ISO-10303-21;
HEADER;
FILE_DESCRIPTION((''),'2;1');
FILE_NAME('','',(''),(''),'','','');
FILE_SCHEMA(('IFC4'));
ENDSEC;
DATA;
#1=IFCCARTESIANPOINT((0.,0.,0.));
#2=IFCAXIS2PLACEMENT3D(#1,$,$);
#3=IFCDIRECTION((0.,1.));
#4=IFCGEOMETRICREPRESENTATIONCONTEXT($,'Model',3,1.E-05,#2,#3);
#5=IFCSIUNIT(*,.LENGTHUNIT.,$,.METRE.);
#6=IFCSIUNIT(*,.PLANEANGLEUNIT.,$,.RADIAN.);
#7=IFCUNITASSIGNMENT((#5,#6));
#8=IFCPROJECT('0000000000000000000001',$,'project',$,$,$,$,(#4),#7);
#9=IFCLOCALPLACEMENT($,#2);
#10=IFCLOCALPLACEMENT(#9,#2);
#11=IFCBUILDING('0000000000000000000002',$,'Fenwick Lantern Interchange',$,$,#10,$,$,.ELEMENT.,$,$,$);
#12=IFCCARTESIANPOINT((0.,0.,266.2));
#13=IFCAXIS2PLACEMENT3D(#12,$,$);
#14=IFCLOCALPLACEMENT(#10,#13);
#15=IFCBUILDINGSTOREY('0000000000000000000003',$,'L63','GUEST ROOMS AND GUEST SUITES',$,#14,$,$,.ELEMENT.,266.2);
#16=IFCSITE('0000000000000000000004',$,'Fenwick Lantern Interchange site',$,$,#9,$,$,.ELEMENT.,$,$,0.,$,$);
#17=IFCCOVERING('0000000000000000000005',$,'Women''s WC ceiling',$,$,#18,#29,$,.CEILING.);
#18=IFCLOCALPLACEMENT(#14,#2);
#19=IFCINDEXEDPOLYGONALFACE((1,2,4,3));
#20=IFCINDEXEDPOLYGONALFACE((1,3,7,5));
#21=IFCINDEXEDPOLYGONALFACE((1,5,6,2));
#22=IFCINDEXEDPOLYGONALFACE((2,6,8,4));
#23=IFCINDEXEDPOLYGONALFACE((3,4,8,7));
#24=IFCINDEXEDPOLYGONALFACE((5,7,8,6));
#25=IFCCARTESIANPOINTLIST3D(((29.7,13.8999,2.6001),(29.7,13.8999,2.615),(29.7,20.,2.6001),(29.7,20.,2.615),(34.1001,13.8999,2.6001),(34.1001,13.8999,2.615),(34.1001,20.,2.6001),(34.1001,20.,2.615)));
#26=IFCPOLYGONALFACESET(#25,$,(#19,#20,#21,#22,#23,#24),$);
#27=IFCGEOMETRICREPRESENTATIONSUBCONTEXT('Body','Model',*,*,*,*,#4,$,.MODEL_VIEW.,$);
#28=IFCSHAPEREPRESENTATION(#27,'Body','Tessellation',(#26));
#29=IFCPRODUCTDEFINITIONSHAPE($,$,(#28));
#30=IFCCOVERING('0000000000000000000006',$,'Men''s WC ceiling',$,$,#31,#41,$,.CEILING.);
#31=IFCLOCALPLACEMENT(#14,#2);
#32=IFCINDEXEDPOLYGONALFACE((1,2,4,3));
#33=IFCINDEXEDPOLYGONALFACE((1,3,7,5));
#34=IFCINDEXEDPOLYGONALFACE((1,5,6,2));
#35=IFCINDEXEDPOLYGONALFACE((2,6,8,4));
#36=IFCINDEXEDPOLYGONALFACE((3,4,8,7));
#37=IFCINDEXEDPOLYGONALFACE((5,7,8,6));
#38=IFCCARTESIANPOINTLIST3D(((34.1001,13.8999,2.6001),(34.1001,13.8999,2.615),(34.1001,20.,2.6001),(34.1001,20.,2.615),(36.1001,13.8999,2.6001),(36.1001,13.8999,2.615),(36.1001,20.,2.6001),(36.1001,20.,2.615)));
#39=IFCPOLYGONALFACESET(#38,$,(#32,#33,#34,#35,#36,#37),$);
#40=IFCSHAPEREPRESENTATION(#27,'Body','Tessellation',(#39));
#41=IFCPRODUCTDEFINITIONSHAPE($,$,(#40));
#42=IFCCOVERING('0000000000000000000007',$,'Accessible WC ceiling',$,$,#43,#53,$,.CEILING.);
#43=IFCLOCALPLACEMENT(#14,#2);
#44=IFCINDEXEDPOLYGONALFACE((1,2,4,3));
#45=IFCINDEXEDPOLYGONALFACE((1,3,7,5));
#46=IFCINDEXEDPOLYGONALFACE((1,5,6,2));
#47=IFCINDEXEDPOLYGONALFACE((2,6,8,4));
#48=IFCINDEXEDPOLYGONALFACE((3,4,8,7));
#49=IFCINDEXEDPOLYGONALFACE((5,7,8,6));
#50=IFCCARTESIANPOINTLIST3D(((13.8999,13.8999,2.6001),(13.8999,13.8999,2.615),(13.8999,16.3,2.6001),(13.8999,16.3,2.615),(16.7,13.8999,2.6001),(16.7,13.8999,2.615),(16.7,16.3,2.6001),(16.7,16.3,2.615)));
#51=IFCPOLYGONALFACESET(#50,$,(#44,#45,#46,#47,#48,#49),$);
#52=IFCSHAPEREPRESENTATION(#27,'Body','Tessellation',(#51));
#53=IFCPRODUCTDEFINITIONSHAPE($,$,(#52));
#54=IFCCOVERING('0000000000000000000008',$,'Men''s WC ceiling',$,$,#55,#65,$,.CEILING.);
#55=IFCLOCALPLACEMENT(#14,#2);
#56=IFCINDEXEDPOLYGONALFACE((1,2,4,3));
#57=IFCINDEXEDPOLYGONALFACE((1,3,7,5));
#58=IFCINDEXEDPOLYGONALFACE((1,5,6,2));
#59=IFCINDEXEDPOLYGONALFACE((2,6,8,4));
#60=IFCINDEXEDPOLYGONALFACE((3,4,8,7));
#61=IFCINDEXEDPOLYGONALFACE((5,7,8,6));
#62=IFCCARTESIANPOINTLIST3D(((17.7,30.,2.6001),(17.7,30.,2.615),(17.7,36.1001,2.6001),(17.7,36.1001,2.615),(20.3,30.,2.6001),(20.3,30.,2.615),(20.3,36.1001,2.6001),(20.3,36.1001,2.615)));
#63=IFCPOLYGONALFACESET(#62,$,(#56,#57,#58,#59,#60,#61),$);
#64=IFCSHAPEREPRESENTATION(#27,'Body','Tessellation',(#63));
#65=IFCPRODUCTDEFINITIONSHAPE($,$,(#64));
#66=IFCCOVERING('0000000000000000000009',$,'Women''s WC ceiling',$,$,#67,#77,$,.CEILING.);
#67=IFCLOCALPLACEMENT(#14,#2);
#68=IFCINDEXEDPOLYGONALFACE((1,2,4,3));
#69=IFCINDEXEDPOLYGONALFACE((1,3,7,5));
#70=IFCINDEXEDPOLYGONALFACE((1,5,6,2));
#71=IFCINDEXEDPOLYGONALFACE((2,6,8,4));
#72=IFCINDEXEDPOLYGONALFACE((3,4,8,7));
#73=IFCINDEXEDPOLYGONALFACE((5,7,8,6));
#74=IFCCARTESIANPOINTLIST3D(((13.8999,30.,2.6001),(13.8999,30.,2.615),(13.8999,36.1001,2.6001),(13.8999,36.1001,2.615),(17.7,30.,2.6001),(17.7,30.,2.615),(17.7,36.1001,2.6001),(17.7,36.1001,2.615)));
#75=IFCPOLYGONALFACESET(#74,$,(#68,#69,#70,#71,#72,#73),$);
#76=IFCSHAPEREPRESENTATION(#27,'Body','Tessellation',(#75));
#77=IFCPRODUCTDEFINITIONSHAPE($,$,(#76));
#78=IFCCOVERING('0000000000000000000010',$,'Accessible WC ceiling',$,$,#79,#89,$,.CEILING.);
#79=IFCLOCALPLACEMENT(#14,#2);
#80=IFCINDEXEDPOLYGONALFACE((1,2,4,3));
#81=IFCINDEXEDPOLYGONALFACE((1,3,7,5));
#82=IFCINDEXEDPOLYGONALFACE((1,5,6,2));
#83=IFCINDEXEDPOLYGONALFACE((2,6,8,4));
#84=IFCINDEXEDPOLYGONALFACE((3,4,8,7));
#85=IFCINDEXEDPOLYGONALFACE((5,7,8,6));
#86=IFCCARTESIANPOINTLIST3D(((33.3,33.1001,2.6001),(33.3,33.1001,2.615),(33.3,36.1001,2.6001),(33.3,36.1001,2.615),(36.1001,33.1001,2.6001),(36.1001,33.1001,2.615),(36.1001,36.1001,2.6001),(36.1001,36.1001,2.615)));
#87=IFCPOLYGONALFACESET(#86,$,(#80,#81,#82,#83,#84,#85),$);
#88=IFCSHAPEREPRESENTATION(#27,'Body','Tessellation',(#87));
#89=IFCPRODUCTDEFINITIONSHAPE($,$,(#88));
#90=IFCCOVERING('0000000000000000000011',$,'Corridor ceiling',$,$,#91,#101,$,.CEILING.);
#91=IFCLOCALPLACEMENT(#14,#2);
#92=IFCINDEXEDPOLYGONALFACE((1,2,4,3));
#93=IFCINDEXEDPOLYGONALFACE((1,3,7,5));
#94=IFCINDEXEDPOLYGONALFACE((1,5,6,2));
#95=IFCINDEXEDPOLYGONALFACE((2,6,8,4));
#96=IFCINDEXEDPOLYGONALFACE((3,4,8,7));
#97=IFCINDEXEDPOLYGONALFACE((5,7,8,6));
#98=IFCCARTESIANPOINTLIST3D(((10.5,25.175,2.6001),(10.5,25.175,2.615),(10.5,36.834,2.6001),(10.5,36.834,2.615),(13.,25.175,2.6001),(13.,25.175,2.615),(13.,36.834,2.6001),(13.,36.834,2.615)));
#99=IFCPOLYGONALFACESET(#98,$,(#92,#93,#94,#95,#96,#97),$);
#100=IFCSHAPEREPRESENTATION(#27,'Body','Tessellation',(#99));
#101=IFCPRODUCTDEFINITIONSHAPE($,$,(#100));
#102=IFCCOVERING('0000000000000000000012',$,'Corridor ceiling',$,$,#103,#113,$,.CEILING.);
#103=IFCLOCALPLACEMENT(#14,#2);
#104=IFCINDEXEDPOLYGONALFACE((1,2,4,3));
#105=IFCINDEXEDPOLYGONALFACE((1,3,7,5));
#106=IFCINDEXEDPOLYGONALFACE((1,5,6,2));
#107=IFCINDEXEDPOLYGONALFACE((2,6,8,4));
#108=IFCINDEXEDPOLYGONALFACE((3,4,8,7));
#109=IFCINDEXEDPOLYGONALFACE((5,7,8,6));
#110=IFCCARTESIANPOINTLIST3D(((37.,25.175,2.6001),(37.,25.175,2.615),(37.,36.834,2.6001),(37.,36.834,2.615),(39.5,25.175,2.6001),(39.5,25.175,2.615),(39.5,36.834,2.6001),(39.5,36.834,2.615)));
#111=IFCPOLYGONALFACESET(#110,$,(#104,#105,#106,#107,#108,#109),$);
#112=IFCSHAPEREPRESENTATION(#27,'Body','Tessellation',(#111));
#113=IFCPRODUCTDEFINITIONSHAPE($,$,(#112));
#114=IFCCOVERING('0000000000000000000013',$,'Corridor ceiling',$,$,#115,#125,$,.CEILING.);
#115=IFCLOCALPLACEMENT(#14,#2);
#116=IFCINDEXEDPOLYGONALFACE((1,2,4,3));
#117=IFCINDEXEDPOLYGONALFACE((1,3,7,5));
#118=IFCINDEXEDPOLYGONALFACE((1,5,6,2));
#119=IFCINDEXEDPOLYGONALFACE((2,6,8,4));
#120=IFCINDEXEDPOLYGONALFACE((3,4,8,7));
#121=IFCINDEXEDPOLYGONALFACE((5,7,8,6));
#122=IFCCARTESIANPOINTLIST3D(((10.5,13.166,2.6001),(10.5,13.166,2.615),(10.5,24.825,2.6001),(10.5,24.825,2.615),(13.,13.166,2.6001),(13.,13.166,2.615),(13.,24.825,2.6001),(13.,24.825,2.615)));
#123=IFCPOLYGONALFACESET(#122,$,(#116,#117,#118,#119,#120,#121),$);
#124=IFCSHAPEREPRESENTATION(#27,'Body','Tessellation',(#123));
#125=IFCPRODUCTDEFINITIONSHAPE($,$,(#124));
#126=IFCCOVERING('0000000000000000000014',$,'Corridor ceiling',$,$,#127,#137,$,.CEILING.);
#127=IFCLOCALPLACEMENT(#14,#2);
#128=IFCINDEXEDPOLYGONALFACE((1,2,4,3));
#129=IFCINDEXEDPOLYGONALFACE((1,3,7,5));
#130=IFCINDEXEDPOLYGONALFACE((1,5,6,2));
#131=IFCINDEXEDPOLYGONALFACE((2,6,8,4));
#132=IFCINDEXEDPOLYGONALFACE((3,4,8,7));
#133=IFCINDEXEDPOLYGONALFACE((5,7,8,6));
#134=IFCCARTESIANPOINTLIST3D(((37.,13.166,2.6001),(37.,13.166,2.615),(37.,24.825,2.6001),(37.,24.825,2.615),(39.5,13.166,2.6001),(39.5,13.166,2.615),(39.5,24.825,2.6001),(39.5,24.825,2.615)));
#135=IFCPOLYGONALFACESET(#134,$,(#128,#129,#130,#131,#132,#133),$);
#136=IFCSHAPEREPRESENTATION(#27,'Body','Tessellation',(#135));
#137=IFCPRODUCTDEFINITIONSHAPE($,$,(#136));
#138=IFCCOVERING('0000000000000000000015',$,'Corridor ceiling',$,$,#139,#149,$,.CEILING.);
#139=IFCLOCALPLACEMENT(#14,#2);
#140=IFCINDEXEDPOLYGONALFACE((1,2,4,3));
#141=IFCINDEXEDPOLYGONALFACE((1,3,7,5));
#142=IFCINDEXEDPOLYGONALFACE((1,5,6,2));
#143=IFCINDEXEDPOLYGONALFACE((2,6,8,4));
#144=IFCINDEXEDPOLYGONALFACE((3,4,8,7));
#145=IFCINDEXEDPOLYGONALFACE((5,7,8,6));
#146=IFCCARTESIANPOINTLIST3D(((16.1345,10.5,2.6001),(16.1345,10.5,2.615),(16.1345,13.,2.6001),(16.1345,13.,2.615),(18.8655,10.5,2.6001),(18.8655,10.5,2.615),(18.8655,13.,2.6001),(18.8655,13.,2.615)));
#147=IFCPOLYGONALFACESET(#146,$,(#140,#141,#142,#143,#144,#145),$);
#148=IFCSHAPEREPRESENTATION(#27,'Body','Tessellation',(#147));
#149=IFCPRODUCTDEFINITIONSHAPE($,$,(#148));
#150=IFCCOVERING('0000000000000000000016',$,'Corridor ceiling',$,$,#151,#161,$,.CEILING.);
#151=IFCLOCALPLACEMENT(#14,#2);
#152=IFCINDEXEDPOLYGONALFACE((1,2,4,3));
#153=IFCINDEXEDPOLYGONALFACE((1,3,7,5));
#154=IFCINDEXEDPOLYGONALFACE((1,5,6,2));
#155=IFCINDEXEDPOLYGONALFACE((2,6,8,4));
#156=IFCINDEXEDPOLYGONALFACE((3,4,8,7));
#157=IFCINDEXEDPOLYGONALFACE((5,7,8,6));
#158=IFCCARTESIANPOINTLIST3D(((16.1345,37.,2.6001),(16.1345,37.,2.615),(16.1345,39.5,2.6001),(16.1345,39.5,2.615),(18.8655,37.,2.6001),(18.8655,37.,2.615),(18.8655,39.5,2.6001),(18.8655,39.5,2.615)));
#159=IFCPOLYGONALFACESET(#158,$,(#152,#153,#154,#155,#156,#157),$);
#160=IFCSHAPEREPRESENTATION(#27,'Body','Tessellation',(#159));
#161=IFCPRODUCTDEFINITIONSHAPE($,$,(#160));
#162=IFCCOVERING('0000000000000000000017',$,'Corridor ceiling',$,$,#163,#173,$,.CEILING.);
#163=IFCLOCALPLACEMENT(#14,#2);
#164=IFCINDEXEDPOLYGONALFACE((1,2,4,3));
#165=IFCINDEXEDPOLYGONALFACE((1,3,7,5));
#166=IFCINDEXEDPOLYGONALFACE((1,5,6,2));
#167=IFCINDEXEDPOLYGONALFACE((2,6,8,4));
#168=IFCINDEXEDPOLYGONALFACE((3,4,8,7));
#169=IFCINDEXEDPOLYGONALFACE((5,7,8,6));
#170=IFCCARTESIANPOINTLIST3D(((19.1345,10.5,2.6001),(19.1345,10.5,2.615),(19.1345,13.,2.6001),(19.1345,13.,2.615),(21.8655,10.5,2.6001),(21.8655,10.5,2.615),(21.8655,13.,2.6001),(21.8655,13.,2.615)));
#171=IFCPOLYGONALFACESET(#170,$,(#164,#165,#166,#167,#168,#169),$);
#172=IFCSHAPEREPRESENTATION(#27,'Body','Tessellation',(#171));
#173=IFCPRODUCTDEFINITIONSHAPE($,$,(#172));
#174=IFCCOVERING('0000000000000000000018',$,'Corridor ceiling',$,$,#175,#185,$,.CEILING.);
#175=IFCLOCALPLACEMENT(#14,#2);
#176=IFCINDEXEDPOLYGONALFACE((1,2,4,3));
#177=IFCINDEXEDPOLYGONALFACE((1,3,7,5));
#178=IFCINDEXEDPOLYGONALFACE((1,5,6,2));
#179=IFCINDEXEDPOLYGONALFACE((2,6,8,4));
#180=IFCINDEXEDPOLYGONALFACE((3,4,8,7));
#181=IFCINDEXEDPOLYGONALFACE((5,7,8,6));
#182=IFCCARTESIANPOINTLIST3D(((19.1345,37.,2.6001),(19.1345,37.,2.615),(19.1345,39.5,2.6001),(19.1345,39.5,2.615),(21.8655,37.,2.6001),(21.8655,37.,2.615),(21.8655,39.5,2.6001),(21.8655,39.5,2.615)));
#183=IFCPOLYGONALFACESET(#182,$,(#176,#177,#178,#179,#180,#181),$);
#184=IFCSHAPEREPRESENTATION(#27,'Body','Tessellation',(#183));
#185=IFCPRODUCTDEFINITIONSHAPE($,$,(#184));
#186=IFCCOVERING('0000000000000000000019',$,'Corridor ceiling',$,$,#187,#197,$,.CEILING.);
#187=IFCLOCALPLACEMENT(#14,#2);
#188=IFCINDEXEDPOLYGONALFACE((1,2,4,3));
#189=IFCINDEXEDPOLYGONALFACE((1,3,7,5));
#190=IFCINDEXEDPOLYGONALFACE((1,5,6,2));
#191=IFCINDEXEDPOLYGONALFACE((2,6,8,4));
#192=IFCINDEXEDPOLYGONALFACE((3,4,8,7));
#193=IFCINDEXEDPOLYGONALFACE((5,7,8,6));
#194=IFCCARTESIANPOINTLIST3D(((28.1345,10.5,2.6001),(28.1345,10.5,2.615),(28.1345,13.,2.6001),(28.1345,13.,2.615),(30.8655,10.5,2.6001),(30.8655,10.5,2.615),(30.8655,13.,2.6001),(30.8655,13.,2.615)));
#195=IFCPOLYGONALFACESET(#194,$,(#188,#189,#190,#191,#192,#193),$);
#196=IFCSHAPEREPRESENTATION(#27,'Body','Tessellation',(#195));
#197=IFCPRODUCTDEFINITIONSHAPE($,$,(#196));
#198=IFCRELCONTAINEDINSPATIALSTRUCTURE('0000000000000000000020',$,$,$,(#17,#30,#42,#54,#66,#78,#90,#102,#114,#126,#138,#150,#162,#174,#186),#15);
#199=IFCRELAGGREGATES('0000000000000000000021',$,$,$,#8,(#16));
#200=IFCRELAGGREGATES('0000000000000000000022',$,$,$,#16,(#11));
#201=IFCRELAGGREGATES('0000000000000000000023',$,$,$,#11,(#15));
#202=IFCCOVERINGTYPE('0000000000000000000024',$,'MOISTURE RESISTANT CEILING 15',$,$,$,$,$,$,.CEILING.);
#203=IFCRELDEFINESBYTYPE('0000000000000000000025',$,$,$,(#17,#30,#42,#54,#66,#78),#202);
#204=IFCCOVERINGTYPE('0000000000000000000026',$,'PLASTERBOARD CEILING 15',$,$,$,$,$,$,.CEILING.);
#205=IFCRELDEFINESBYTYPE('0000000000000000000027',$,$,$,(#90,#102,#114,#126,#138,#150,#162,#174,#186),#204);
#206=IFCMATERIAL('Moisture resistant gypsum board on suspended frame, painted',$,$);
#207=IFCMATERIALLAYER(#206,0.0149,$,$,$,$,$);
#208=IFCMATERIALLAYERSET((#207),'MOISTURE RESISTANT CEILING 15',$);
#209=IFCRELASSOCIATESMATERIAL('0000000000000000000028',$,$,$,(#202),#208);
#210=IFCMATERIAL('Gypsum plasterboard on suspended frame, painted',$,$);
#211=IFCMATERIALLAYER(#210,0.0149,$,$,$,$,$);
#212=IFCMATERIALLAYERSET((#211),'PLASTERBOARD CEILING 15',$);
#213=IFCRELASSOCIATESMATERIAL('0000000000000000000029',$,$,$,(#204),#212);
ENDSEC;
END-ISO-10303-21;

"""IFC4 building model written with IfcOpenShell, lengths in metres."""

from ifc_helpers import new_model, si_unit, direction, frame, origin, place, context, subcontext, project, spatial, polyline, outline, extrude, material, layer, layer_set, type_object, element, save


model = new_model("IFC4")

# Units and contexts
model_context = context("Model", 3, precision=1e-05, world=origin(), true_north=direction((0.0, 1.0)))
body_context = subcontext(model_context, "Body", "Model", "MODEL_VIEW")
ifc_project = project(units=[si_unit("LENGTHUNIT", "METRE"), si_unit("PLANEANGLEUNIT", "RADIAN")], contexts=[model_context])

# Site, building, storey
site_placement = place(None, origin())
site = spatial("IfcSite", under=ifc_project, at=site_placement, Name="Fenwick Lantern Interchange site", CompositionType="ELEMENT", RefElevation=0.0)
building_placement = place(site_placement, origin())
building = spatial("IfcBuilding", under=site, at=building_placement, Name="Fenwick Lantern Interchange", CompositionType="ELEMENT")
storey_placement = place(building_placement, frame((0.0, 0.0, 266.2)))
storey = spatial("IfcBuildingStorey", under=building, at=storey_placement, Name="L63", Description="GUEST ROOMS AND GUEST SUITES", CompositionType="ELEMENT", Elevation=266.2)

# Coverings
ifc_material_1 = material(Name="Moisture resistant gypsum board on suspended frame, painted")
ifc_layer_1 = layer(ifc_material_1, 0.0149)
ifc_layer_set_1 = layer_set([ifc_layer_1], Name="MOISTURE RESISTANT CEILING 15")
covering_type_1 = type_object("IfcCoveringType", Name="MOISTURE RESISTANT CEILING 15", PredefinedType="CEILING", material=ifc_layer_set_1)
covering_1_placement = place(storey_placement, frame((0.0, 0.0, 2.6001)))
element("IfcCovering", 1, at=covering_1_placement, inside=storey, type_object=covering_type_1, Name="Women's WC ceiling", PredefinedType="CEILING", context=body_context, shape_type="SweptSolid", body=[
    extrude(outline(polyline([(29.7, 13.8999), (34.1001, 13.8999), (34.1001, 20.0), (29.7, 20.0), (29.7, 13.8999)])), origin(), (0.0, 0.0, 1.0), 0.0149),
])
covering_2_placement = place(storey_placement, frame((0.0, 0.0, 2.6001)))
element("IfcCovering", 2, at=covering_2_placement, inside=storey, type_object=covering_type_1, Name="Men's WC ceiling", PredefinedType="CEILING", context=body_context, shape_type="SweptSolid", body=[
    extrude(outline(polyline([(34.1001, 13.8999), (36.1001, 13.8999), (36.1001, 20.0), (34.1001, 20.0), (34.1001, 13.8999)])), origin(), (0.0, 0.0, 1.0), 0.0149),
])
covering_3_placement = place(storey_placement, frame((0.0, 0.0, 2.6001)))
element("IfcCovering", 3, at=covering_3_placement, inside=storey, type_object=covering_type_1, Name="Accessible WC ceiling", PredefinedType="CEILING", context=body_context, shape_type="SweptSolid", body=[
    extrude(outline(polyline([(13.8999, 13.8999), (16.7, 13.8999), (16.7, 16.3), (13.8999, 16.3), (13.8999, 13.8999)])), origin(), (0.0, 0.0, 1.0), 0.0149),
])
covering_4_placement = place(storey_placement, frame((0.0, 0.0, 2.6001)))
element("IfcCovering", 4, at=covering_4_placement, inside=storey, type_object=covering_type_1, Name="Men's WC ceiling", PredefinedType="CEILING", context=body_context, shape_type="SweptSolid", body=[
    extrude(outline(polyline([(20.3, 36.1001), (17.7, 36.1001), (17.7, 30.0), (20.3, 30.0), (20.3, 36.1001)])), origin(), (0.0, 0.0, 1.0), 0.0149),
])
covering_5_placement = place(storey_placement, frame((0.0, 0.0, 2.6001)))
element("IfcCovering", 5, at=covering_5_placement, inside=storey, type_object=covering_type_1, Name="Women's WC ceiling", PredefinedType="CEILING", context=body_context, shape_type="SweptSolid", body=[
    extrude(outline(polyline([(17.7, 36.1001), (13.8999, 36.1001), (13.8999, 30.0), (17.7, 30.0), (17.7, 36.1001)])), origin(), (0.0, 0.0, 1.0), 0.0149),
])
covering_6_placement = place(storey_placement, frame((0.0, 0.0, 2.6001)))
element("IfcCovering", 6, at=covering_6_placement, inside=storey, type_object=covering_type_1, Name="Accessible WC ceiling", PredefinedType="CEILING", context=body_context, shape_type="SweptSolid", body=[
    extrude(outline(polyline([(36.1001, 36.1001), (33.3, 36.1001), (33.3, 33.1001), (36.1001, 33.1001), (36.1001, 36.1001)])), origin(), (0.0, 0.0, 1.0), 0.0149),
])
ifc_material_2 = material(Name="Gypsum plasterboard on suspended frame, painted")
ifc_layer_2 = layer(ifc_material_2, 0.0149)
ifc_layer_set_2 = layer_set([ifc_layer_2], Name="PLASTERBOARD CEILING 15")
covering_type_2 = type_object("IfcCoveringType", Name="PLASTERBOARD CEILING 15", PredefinedType="CEILING", material=ifc_layer_set_2)
covering_7_placement = place(storey_placement, frame((0.0, 0.0, 2.6001)))
element("IfcCovering", 7, at=covering_7_placement, inside=storey, type_object=covering_type_2, Name="Corridor ceiling", PredefinedType="CEILING", context=body_context, shape_type="SweptSolid", body=[
    extrude(outline(polyline([(10.5, 36.834), (10.5, 25.175), (13.0, 25.175), (13.0, 36.834), (10.5, 36.834)])), origin(), (0.0, 0.0, 1.0), 0.0149),
])
covering_8_placement = place(storey_placement, frame((0.0, 0.0, 2.6001)))
element("IfcCovering", 8, at=covering_8_placement, inside=storey, type_object=covering_type_2, Name="Corridor ceiling", PredefinedType="CEILING", context=body_context, shape_type="SweptSolid", body=[
    extrude(outline(polyline([(39.5, 25.175), (39.5, 36.834), (37.0, 36.834), (37.0, 25.175), (39.5, 25.175)])), origin(), (0.0, 0.0, 1.0), 0.0149),
])
covering_9_placement = place(storey_placement, frame((0.0, 0.0, 2.6001)))
element("IfcCovering", 9, at=covering_9_placement, inside=storey, type_object=covering_type_2, Name="Corridor ceiling", PredefinedType="CEILING", context=body_context, shape_type="SweptSolid", body=[
    extrude(outline(polyline([(10.5, 24.825), (10.5, 13.166), (13.0, 13.166), (13.0, 24.825), (10.5, 24.825)])), origin(), (0.0, 0.0, 1.0), 0.0149),
])
covering_10_placement = place(storey_placement, frame((0.0, 0.0, 2.6001)))
element("IfcCovering", 10, at=covering_10_placement, inside=storey, type_object=covering_type_2, Name="Corridor ceiling", PredefinedType="CEILING", context=body_context, shape_type="SweptSolid", body=[
    extrude(outline(polyline([(39.5, 13.166), (39.5, 24.825), (37.0, 24.825), (37.0, 13.166), (39.5, 13.166)])), origin(), (0.0, 0.0, 1.0), 0.0149),
])
covering_11_placement = place(storey_placement, frame((0.0, 0.0, 2.6001)))
element("IfcCovering", 11, at=covering_11_placement, inside=storey, type_object=covering_type_2, Name="Corridor ceiling", PredefinedType="CEILING", context=body_context, shape_type="SweptSolid", body=[
    extrude(outline(polyline([(16.1345, 10.5), (18.8655, 10.5), (18.8655, 13.0), (16.1345, 13.0), (16.1345, 10.5)])), origin(), (0.0, 0.0, 1.0), 0.0149),
])
covering_12_placement = place(storey_placement, frame((0.0, 0.0, 2.6001)))
element("IfcCovering", 12, at=covering_12_placement, inside=storey, type_object=covering_type_2, Name="Corridor ceiling", PredefinedType="CEILING", context=body_context, shape_type="SweptSolid", body=[
    extrude(outline(polyline([(18.8655, 39.5), (16.1345, 39.5), (16.1345, 37.0), (18.8655, 37.0), (18.8655, 39.5)])), origin(), (0.0, 0.0, 1.0), 0.0149),
])
covering_13_placement = place(storey_placement, frame((0.0, 0.0, 2.6001)))
element("IfcCovering", 13, at=covering_13_placement, inside=storey, type_object=covering_type_2, Name="Corridor ceiling", PredefinedType="CEILING", context=body_context, shape_type="SweptSolid", body=[
    extrude(outline(polyline([(19.1345, 10.5), (21.8655, 10.5), (21.8655, 13.0), (19.1345, 13.0), (19.1345, 10.5)])), origin(), (0.0, 0.0, 1.0), 0.0149),
])
covering_14_placement = place(storey_placement, frame((0.0, 0.0, 2.6001)))
element("IfcCovering", 14, at=covering_14_placement, inside=storey, type_object=covering_type_2, Name="Corridor ceiling", PredefinedType="CEILING", context=body_context, shape_type="SweptSolid", body=[
    extrude(outline(polyline([(21.8655, 39.5), (19.1345, 39.5), (19.1345, 37.0), (21.8655, 37.0), (21.8655, 39.5)])), origin(), (0.0, 0.0, 1.0), 0.0149),
])
covering_15_placement = place(storey_placement, frame((0.0, 0.0, 2.6001)))
element("IfcCovering", 15, at=covering_15_placement, inside=storey, type_object=covering_type_2, Name="Corridor ceiling", PredefinedType="CEILING", context=body_context, shape_type="SweptSolid", body=[
    extrude(outline(polyline([(28.1345, 10.5), (30.8655, 10.5), (30.8655, 13.0), (28.1345, 13.0), (28.1345, 10.5)])), origin(), (0.0, 0.0, 1.0), 0.0149),
])

save(model, "model.ifc")
